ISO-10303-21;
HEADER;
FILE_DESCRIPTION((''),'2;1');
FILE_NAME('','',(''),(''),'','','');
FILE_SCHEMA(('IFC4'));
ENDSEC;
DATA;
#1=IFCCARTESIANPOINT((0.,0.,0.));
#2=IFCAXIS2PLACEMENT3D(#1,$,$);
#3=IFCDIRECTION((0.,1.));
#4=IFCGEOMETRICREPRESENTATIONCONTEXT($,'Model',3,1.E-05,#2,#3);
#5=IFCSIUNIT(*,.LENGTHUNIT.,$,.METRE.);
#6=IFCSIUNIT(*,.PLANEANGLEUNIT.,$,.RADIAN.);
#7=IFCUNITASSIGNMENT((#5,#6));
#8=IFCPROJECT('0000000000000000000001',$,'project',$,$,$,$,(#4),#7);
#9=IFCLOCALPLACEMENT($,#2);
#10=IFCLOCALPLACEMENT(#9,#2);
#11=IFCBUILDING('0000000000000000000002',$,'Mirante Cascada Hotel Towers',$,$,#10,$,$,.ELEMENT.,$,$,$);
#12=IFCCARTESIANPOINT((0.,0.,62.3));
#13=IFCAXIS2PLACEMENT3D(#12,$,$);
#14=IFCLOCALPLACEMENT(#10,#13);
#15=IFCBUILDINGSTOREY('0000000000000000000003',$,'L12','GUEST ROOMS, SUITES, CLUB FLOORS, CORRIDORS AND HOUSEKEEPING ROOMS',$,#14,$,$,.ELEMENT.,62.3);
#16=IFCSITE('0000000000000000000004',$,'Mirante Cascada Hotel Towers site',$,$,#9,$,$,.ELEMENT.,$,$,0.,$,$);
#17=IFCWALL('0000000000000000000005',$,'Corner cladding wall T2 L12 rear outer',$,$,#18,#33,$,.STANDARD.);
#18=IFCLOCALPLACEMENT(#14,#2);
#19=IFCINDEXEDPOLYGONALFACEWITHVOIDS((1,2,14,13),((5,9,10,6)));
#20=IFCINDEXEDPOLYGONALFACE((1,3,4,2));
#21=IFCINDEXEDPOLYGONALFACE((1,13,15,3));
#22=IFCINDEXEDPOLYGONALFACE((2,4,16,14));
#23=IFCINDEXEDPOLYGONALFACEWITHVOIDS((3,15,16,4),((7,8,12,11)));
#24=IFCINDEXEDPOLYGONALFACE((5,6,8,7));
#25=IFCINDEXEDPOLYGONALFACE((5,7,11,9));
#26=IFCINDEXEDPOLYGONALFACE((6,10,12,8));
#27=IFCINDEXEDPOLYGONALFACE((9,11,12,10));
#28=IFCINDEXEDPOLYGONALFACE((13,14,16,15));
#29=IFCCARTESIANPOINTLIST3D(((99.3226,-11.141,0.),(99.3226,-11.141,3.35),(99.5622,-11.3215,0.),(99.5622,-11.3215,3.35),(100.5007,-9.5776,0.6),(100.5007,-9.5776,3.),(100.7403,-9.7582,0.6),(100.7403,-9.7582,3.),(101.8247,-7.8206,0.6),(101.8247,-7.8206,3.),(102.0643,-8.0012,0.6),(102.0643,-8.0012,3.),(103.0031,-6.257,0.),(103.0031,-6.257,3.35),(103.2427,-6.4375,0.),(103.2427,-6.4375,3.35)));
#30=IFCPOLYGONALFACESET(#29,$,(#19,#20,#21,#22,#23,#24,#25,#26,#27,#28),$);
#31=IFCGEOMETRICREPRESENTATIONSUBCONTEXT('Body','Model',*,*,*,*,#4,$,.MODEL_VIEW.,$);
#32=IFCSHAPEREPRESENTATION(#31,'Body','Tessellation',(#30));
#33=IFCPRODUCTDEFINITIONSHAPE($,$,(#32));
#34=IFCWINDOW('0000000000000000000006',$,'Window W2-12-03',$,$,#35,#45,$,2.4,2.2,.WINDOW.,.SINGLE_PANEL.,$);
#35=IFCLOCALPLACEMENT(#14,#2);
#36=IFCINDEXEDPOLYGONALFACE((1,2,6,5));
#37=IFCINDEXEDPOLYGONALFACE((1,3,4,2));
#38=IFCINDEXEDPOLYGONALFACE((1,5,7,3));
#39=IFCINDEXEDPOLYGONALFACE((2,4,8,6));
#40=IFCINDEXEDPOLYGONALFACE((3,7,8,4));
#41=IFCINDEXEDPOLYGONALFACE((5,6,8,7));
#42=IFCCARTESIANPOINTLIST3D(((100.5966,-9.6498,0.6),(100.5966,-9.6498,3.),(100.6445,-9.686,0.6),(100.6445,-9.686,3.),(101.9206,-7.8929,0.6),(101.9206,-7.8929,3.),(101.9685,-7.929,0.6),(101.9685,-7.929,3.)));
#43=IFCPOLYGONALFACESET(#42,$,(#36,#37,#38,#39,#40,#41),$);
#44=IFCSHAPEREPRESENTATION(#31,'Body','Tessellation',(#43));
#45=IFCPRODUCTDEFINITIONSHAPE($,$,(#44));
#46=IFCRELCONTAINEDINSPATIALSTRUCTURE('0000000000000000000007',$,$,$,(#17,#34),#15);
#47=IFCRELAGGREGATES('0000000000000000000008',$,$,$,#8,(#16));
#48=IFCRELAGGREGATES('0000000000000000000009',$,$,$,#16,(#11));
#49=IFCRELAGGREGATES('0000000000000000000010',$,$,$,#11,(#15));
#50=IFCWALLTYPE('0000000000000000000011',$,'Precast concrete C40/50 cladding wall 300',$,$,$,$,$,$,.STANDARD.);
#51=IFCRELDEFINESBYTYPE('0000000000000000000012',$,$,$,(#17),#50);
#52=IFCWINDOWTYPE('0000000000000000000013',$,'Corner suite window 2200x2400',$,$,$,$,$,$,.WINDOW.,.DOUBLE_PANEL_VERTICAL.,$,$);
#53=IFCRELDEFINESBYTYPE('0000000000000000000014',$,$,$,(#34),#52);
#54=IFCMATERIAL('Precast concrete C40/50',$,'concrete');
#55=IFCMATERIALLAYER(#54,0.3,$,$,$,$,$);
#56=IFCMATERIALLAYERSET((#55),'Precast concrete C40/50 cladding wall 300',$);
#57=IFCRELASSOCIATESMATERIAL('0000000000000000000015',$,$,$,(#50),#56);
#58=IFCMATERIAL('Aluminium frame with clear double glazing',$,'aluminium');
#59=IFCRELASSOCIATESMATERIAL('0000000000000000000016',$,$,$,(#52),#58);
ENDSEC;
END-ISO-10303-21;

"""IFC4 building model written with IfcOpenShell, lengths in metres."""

from ifc_helpers import new_model, si_unit, direction, frame, frame_2d, origin, place, context, subcontext, project, spatial, rectangle, extrude, material, layer, layer_set, type_object, element, fill, save


model = new_model("IFC4")

# Units and contexts
model_context = context("Model", 3, precision=1e-05, world=origin(), true_north=direction((0.0, 1.0)))
body_context = subcontext(model_context, "Body", "Model", "MODEL_VIEW")
ifc_project = project(units=[si_unit("LENGTHUNIT", "METRE"), si_unit("PLANEANGLEUNIT", "RADIAN")], contexts=[model_context])

# Site, building, storey
site_placement = place(None, origin())
site = spatial("IfcSite", under=ifc_project, at=site_placement, Name="Mirante Cascada Hotel Towers site", CompositionType="ELEMENT", RefElevation=0.0)
building_placement = place(site_placement, origin())
building = spatial("IfcBuilding", under=site, at=building_placement, Name="Mirante Cascada Hotel Towers", CompositionType="ELEMENT")
storey_placement = place(building_placement, frame((0.0, 0.0, 62.3)))
storey = spatial("IfcBuildingStorey", under=building, at=storey_placement, Name="L12", Description="GUEST ROOMS, SUITES, CLUB FLOORS, CORRIDORS AND HOUSEKEEPING ROOMS", CompositionType="ELEMENT", Elevation=62.3)

# Wall, opening, window
ifc_material_1 = material(Name="Precast concrete C40/50", Category="concrete")
ifc_layer_1 = layer(ifc_material_1, 0.3)
ifc_layer_set_1 = layer_set([ifc_layer_1], Name="Precast concrete C40/50 cladding wall 300")
wall_type_1 = type_object("IfcWallType", Name="Precast concrete C40/50 cladding wall 300", PredefinedType="STANDARD", material=ifc_layer_set_1)
wall_1_placement = place(storey_placement, frame((99.4424, -11.2313, 0.0), z_axis=(0.0, 0.0, 1.0), x_axis=(0.601819, 0.798632, 0.0)))
wall_1 = element("IfcWall", 1, at=wall_1_placement, inside=storey, type_object=wall_type_1, Name="Corner cladding wall T2 L12 rear outer", PredefinedType="STANDARD", context=body_context, shape_type="SweptSolid", body=[
    extrude(rectangle(XDim=6.1155, YDim=0.3, at=frame_2d((3.0578, 0.0))), origin(), (0.0, 0.0, 1.0), 3.35),
])
opening_placement = place(wall_1_placement, frame((1.9576, 0.0, 0.6)))
opening = element("IfcOpeningElement", 2, at=opening_placement, cuts=wall_1, PredefinedType="OPENING", context=body_context, shape_type="SweptSolid", body=[
    extrude(rectangle(XDim=2.2, YDim=2.4, at=frame_2d((1.1, 1.2))), frame((0.0, 0.15, 0.0), z_axis=(0.0, -1.0, 0.0), x_axis=(1.0, 0.0, 0.0)), (0.0, 0.0, 1.0), 0.3),
])
ifc_material_2 = material(Name="Aluminium frame with clear double glazing", Category="aluminium")
window_type = type_object("IfcWindowType", Name="Corner suite window 2200x2400", PartitioningType="DOUBLE_PANEL_VERTICAL", PredefinedType="WINDOW", material=ifc_material_2)
window_placement = place(opening_placement, origin())
window = element("IfcWindow", 3, at=window_placement, inside=storey, type_object=window_type, Name="Window W2-12-03", OverallHeight=2.4, OverallWidth=2.2, PartitioningType="SINGLE_PANEL", PredefinedType="WINDOW", context=body_context, shape_type="SweptSolid", body=[
    extrude(rectangle(XDim=2.2, YDim=2.4, at=frame_2d((1.1, 1.2))), frame((0.0, 0.03, 0.0), z_axis=(0.0, -1.0, 0.0), x_axis=(1.0, 0.0, 0.0)), (0.0, 0.0, 1.0), 0.06),
])
fill(opening, window)

save(model, "model.ifc")
